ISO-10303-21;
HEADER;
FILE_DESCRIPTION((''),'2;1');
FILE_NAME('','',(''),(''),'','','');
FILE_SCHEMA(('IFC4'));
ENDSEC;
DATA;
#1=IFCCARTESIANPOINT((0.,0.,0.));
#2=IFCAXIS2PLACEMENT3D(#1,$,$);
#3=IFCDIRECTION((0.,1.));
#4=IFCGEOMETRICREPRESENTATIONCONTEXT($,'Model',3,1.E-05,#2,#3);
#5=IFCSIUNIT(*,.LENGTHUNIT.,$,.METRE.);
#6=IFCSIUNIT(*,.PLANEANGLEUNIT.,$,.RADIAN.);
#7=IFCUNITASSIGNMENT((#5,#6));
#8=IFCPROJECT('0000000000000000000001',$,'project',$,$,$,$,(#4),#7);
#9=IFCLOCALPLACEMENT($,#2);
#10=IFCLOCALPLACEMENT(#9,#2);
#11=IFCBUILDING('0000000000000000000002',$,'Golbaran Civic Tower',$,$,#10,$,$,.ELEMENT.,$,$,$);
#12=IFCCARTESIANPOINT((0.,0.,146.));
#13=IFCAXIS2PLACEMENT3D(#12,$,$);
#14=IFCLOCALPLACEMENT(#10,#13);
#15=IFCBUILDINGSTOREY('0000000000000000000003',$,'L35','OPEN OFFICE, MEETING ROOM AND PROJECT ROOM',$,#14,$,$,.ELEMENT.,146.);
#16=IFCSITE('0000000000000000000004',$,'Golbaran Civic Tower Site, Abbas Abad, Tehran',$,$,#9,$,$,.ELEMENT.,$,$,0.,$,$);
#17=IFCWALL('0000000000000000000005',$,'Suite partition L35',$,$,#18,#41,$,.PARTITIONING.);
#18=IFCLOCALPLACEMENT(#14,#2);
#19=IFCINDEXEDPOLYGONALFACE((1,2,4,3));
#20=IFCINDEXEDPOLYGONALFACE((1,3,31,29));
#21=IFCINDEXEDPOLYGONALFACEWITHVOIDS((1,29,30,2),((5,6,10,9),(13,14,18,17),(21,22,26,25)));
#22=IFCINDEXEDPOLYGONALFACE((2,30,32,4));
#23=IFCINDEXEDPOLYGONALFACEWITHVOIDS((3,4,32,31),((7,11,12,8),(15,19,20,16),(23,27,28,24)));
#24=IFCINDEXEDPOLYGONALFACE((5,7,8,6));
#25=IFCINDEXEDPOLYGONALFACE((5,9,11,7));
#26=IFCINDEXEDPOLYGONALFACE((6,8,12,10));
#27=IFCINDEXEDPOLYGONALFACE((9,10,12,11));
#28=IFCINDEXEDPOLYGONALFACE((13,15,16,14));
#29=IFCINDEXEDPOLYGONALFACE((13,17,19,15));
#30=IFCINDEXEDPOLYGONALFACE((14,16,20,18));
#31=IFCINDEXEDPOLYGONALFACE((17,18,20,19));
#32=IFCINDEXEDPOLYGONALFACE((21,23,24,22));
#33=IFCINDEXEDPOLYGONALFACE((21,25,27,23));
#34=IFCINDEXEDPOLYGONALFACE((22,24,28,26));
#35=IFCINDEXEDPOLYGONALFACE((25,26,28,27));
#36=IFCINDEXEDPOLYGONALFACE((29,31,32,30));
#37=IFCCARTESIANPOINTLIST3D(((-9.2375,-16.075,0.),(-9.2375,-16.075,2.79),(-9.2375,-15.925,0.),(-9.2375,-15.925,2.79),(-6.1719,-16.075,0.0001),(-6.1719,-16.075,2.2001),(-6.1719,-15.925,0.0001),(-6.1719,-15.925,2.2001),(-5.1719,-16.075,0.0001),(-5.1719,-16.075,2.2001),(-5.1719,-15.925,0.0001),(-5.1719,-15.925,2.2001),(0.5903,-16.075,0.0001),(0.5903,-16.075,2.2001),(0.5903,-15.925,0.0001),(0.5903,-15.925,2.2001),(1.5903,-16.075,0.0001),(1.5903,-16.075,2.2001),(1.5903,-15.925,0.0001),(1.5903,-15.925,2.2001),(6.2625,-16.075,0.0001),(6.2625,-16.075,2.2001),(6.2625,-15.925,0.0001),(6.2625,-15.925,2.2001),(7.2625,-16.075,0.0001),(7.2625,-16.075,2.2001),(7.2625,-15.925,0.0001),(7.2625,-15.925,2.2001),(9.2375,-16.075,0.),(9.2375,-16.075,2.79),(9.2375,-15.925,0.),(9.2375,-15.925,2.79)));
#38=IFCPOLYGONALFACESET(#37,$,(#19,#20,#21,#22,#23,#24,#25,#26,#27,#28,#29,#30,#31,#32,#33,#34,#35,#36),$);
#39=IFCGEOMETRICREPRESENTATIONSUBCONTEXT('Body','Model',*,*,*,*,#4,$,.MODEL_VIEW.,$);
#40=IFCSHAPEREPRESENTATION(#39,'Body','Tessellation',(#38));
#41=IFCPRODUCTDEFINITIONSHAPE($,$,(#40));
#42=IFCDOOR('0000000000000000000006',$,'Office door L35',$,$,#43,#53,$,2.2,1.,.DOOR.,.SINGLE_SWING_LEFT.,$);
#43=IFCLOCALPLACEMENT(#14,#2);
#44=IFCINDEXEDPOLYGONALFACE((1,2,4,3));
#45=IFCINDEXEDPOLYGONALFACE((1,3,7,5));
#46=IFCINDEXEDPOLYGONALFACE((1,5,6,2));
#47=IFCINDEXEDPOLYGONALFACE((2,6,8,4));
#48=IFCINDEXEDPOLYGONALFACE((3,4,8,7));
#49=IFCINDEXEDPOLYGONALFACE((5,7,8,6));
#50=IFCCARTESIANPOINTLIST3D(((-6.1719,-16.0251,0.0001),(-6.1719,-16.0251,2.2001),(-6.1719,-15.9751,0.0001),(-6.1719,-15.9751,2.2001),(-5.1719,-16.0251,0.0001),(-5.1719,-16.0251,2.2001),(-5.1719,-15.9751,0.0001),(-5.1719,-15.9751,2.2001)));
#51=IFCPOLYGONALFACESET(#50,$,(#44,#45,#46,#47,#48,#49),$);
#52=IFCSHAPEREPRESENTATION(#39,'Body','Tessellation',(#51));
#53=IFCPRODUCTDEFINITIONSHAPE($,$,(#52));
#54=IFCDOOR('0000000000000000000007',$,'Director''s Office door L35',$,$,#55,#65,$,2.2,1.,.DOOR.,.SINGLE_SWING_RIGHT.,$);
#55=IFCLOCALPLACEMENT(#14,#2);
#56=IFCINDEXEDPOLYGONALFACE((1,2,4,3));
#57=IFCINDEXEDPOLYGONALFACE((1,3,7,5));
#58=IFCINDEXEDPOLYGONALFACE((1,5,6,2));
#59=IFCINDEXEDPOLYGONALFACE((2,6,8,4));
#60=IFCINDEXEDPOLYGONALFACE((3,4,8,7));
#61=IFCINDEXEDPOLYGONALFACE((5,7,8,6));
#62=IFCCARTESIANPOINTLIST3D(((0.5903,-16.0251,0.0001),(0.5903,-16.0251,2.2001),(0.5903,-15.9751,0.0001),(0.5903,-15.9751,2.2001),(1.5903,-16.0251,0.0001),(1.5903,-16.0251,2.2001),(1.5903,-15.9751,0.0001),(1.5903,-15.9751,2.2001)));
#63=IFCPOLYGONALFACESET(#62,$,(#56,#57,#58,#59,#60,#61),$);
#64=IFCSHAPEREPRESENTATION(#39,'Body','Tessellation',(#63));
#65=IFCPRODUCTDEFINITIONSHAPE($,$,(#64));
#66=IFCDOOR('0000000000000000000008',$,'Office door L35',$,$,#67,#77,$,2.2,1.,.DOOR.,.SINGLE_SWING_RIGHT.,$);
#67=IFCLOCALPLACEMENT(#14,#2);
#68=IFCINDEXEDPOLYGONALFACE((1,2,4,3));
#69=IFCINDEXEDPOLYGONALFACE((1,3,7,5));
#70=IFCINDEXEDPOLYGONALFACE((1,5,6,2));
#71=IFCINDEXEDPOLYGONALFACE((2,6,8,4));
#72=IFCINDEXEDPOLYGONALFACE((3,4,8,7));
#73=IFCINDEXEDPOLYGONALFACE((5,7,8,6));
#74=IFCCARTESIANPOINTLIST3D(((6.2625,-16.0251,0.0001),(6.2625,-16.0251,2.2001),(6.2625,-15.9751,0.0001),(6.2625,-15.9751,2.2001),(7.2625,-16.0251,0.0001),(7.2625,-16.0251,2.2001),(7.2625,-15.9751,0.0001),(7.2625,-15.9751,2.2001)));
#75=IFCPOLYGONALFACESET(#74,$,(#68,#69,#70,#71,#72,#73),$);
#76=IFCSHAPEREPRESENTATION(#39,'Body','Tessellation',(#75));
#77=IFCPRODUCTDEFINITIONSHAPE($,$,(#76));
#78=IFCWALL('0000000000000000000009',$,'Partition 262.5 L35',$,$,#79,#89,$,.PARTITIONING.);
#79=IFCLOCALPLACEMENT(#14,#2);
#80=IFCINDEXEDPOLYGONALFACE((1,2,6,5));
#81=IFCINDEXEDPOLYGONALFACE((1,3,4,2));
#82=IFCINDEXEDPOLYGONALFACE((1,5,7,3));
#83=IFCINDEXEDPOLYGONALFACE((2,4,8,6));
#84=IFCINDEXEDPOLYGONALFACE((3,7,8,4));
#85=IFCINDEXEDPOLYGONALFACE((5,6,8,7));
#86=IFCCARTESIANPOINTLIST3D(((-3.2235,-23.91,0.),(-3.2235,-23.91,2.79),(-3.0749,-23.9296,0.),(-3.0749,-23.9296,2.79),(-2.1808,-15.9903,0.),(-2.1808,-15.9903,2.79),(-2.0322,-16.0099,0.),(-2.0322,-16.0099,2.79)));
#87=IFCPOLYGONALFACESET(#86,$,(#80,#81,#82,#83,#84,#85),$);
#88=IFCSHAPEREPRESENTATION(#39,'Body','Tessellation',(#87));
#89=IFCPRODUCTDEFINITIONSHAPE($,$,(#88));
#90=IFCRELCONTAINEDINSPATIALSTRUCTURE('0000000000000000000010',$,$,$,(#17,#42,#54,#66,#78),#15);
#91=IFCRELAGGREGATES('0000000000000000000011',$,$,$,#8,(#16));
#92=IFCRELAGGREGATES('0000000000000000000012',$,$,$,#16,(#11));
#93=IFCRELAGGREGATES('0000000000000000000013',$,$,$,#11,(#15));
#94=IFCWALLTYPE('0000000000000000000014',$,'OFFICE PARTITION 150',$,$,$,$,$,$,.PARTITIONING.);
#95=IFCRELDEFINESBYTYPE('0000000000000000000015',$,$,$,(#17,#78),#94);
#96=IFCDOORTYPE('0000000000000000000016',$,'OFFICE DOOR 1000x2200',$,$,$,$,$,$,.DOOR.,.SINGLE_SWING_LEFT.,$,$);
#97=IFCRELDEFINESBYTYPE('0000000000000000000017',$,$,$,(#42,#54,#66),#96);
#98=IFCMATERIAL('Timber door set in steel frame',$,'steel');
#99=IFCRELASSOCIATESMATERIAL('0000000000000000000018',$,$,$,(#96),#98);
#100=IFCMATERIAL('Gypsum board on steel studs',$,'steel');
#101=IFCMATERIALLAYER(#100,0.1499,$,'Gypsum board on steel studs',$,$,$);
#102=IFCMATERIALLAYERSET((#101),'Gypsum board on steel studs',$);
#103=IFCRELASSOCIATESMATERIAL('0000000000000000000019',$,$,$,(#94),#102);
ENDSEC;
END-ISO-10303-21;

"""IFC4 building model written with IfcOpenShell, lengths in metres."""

from ifc_helpers import new_model, si_unit, direction, frame, frame_2d, origin, place, context, subcontext, project, spatial, rectangle, extrude, material, layer, layer_set, type_object, element, fill, save


model = new_model("IFC4")

# Units and contexts
model_context = context("Model", 3, precision=1e-05, world=origin(), true_north=direction((0.0, 1.0)))
body_context = subcontext(model_context, "Body", "Model", "MODEL_VIEW")
ifc_project = project(units=[si_unit("LENGTHUNIT", "METRE"), si_unit("PLANEANGLEUNIT", "RADIAN")], contexts=[model_context])

# Site, building, storey
site_placement = place(None, origin())
site = spatial("IfcSite", under=ifc_project, at=site_placement, Name="Golbaran Civic Tower Site, Abbas Abad, Tehran", CompositionType="ELEMENT", RefElevation=0.0)
building_placement = place(site_placement, origin())
building = spatial("IfcBuilding", under=site, at=building_placement, Name="Golbaran Civic Tower", CompositionType="ELEMENT")
storey_placement = place(building_placement, frame((0.0, 0.0, 146.0)))
storey = spatial("IfcBuildingStorey", under=building, at=storey_placement, Name="L35", Description="OPEN OFFICE, MEETING ROOM AND PROJECT ROOM", CompositionType="ELEMENT", Elevation=146.0)

# Shared definitions
ifc_material_1 = material(Name="Timber door set in steel frame", Category="steel")
door_type_1 = type_object("IfcDoorType", Name="OFFICE DOOR 1000x2200", OperationType="SINGLE_SWING_LEFT", PredefinedType="DOOR", material=ifc_material_1)

# Shared definitions
ifc_material_2 = material(Name="Gypsum board on steel studs", Category="steel")
ifc_layer_1 = layer(ifc_material_2, 0.1499, Name="Gypsum board on steel studs")
ifc_layer_set_1 = layer_set([ifc_layer_1], Name="Gypsum board on steel studs")
wall_type_1 = type_object("IfcWallType", Name="OFFICE PARTITION 150", PredefinedType="PARTITIONING", material=ifc_layer_set_1)

# Wall, openings, doors
wall_1_placement = place(storey_placement, frame((-9.2375, -16.0, 0.0), z_axis=(0.0, 0.0, 1.0), x_axis=(1.0, 0.0, 0.0)))
wall_1 = element("IfcWall", 1, at=wall_1_placement, inside=storey, type_object=wall_type_1, Name="Suite partition L35", PredefinedType="PARTITIONING", context=body_context, shape_type="SweptSolid", body=[
    extrude(rectangle(XDim=18.4751, YDim=0.1499, at=frame_2d((9.2375, 0.0))), origin(), (0.0, 0.0, 1.0), 2.79),
])
opening_1_placement = place(wall_1_placement, frame((3.0657, 0.0, 0.0)))
opening_1 = element("IfcOpeningElement", 2, at=opening_1_placement, cuts=wall_1, PredefinedType="OPENING", context=body_context, shape_type="SweptSolid", body=[
    extrude(rectangle(XDim=1.0, YDim=2.2, at=frame_2d((0.5, 1.1001))), frame((0.0, 0.085, 0.0), z_axis=(0.0, -1.0, 0.0), x_axis=(1.0, 0.0, 0.0)), (0.0, 0.0, 1.0), 0.1699),
])
opening_2_placement = place(wall_1_placement, frame((9.8279, 0.0, 0.0)))
opening_2 = element("IfcOpeningElement", 3, at=opening_2_placement, cuts=wall_1, PredefinedType="OPENING", context=body_context, shape_type="SweptSolid", body=[
    extrude(rectangle(XDim=1.0, YDim=2.2, at=frame_2d((0.5, 1.1001))), frame((0.0, 0.085, 0.0), z_axis=(0.0, -1.0, 0.0), x_axis=(1.0, 0.0, 0.0)), (0.0, 0.0, 1.0), 0.1699),
])
opening_3_placement = place(wall_1_placement, frame((15.5, 0.0, 0.0)))
opening_3 = element("IfcOpeningElement", 4, at=opening_3_placement, cuts=wall_1, PredefinedType="OPENING", context=body_context, shape_type="SweptSolid", body=[
    extrude(rectangle(XDim=1.0, YDim=2.2, at=frame_2d((0.5, 1.1001))), frame((0.0, 0.085, 0.0), z_axis=(0.0, -1.0, 0.0), x_axis=(1.0, 0.0, 0.0)), (0.0, 0.0, 1.0), 0.1699),
])
door_1_placement = place(opening_1_placement, origin())
door_1 = element("IfcDoor", 5, at=door_1_placement, inside=storey, type_object=door_type_1, Name="Office door L35", OperationType="SINGLE_SWING_LEFT", OverallHeight=2.2, OverallWidth=1.0, PredefinedType="DOOR", context=body_context, shape_type="SweptSolid", body=[
    extrude(rectangle(XDim=1.0, YDim=2.2, at=frame_2d((0.5, 1.1001))), frame((0.0, 0.0249, 0.0), z_axis=(0.0, -1.0, 0.0), x_axis=(1.0, 0.0, 0.0)), (0.0, 0.0, 1.0), 0.05),
])
fill(opening_1, door_1)
door_2_placement = place(opening_2_placement, origin())
door_2 = element("IfcDoor", 6, at=door_2_placement, inside=storey, type_object=door_type_1, Name="Director's Office door L35", OperationType="SINGLE_SWING_RIGHT", OverallHeight=2.2, OverallWidth=1.0, PredefinedType="DOOR", context=body_context, shape_type="SweptSolid", body=[
    extrude(rectangle(XDim=1.0, YDim=2.2, at=frame_2d((0.5, 1.1001))), frame((0.0, 0.0249, 0.0), z_axis=(0.0, -1.0, 0.0), x_axis=(1.0, 0.0, 0.0)), (0.0, 0.0, 1.0), 0.05),
])
fill(opening_2, door_2)
door_3_placement = place(opening_3_placement, origin())
door_3 = element("IfcDoor", 7, at=door_3_placement, inside=storey, type_object=door_type_1, Name="Office door L35", OperationType="SINGLE_SWING_RIGHT", OverallHeight=2.2, OverallWidth=1.0, PredefinedType="DOOR", context=body_context, shape_type="SweptSolid", body=[
    extrude(rectangle(XDim=1.0, YDim=2.2, at=frame_2d((0.5, 1.1001))), frame((0.0, 0.0249, 0.0), z_axis=(0.0, -1.0, 0.0), x_axis=(1.0, 0.0, 0.0)), (0.0, 0.0, 1.0), 0.05),
])
fill(opening_3, door_3)

# Wall
wall_2_placement = place(storey_placement, frame((-2.1064, -16.0, 0.0), z_axis=(0.0, 0.0, 1.0), x_axis=(-0.130536, -0.991444, 0.0)))
element("IfcWall", 8, at=wall_2_placement, inside=storey, type_object=wall_type_1, Name="Partition 262.5 L35", PredefinedType="PARTITIONING", context=body_context, shape_type="SweptSolid", body=[
    extrude(rectangle(XDim=7.988, YDim=0.1499, at=frame_2d((3.9941, 0.0))), origin(), (0.0, 0.0, 1.0), 2.79),
])

save(model, "model.ifc")
